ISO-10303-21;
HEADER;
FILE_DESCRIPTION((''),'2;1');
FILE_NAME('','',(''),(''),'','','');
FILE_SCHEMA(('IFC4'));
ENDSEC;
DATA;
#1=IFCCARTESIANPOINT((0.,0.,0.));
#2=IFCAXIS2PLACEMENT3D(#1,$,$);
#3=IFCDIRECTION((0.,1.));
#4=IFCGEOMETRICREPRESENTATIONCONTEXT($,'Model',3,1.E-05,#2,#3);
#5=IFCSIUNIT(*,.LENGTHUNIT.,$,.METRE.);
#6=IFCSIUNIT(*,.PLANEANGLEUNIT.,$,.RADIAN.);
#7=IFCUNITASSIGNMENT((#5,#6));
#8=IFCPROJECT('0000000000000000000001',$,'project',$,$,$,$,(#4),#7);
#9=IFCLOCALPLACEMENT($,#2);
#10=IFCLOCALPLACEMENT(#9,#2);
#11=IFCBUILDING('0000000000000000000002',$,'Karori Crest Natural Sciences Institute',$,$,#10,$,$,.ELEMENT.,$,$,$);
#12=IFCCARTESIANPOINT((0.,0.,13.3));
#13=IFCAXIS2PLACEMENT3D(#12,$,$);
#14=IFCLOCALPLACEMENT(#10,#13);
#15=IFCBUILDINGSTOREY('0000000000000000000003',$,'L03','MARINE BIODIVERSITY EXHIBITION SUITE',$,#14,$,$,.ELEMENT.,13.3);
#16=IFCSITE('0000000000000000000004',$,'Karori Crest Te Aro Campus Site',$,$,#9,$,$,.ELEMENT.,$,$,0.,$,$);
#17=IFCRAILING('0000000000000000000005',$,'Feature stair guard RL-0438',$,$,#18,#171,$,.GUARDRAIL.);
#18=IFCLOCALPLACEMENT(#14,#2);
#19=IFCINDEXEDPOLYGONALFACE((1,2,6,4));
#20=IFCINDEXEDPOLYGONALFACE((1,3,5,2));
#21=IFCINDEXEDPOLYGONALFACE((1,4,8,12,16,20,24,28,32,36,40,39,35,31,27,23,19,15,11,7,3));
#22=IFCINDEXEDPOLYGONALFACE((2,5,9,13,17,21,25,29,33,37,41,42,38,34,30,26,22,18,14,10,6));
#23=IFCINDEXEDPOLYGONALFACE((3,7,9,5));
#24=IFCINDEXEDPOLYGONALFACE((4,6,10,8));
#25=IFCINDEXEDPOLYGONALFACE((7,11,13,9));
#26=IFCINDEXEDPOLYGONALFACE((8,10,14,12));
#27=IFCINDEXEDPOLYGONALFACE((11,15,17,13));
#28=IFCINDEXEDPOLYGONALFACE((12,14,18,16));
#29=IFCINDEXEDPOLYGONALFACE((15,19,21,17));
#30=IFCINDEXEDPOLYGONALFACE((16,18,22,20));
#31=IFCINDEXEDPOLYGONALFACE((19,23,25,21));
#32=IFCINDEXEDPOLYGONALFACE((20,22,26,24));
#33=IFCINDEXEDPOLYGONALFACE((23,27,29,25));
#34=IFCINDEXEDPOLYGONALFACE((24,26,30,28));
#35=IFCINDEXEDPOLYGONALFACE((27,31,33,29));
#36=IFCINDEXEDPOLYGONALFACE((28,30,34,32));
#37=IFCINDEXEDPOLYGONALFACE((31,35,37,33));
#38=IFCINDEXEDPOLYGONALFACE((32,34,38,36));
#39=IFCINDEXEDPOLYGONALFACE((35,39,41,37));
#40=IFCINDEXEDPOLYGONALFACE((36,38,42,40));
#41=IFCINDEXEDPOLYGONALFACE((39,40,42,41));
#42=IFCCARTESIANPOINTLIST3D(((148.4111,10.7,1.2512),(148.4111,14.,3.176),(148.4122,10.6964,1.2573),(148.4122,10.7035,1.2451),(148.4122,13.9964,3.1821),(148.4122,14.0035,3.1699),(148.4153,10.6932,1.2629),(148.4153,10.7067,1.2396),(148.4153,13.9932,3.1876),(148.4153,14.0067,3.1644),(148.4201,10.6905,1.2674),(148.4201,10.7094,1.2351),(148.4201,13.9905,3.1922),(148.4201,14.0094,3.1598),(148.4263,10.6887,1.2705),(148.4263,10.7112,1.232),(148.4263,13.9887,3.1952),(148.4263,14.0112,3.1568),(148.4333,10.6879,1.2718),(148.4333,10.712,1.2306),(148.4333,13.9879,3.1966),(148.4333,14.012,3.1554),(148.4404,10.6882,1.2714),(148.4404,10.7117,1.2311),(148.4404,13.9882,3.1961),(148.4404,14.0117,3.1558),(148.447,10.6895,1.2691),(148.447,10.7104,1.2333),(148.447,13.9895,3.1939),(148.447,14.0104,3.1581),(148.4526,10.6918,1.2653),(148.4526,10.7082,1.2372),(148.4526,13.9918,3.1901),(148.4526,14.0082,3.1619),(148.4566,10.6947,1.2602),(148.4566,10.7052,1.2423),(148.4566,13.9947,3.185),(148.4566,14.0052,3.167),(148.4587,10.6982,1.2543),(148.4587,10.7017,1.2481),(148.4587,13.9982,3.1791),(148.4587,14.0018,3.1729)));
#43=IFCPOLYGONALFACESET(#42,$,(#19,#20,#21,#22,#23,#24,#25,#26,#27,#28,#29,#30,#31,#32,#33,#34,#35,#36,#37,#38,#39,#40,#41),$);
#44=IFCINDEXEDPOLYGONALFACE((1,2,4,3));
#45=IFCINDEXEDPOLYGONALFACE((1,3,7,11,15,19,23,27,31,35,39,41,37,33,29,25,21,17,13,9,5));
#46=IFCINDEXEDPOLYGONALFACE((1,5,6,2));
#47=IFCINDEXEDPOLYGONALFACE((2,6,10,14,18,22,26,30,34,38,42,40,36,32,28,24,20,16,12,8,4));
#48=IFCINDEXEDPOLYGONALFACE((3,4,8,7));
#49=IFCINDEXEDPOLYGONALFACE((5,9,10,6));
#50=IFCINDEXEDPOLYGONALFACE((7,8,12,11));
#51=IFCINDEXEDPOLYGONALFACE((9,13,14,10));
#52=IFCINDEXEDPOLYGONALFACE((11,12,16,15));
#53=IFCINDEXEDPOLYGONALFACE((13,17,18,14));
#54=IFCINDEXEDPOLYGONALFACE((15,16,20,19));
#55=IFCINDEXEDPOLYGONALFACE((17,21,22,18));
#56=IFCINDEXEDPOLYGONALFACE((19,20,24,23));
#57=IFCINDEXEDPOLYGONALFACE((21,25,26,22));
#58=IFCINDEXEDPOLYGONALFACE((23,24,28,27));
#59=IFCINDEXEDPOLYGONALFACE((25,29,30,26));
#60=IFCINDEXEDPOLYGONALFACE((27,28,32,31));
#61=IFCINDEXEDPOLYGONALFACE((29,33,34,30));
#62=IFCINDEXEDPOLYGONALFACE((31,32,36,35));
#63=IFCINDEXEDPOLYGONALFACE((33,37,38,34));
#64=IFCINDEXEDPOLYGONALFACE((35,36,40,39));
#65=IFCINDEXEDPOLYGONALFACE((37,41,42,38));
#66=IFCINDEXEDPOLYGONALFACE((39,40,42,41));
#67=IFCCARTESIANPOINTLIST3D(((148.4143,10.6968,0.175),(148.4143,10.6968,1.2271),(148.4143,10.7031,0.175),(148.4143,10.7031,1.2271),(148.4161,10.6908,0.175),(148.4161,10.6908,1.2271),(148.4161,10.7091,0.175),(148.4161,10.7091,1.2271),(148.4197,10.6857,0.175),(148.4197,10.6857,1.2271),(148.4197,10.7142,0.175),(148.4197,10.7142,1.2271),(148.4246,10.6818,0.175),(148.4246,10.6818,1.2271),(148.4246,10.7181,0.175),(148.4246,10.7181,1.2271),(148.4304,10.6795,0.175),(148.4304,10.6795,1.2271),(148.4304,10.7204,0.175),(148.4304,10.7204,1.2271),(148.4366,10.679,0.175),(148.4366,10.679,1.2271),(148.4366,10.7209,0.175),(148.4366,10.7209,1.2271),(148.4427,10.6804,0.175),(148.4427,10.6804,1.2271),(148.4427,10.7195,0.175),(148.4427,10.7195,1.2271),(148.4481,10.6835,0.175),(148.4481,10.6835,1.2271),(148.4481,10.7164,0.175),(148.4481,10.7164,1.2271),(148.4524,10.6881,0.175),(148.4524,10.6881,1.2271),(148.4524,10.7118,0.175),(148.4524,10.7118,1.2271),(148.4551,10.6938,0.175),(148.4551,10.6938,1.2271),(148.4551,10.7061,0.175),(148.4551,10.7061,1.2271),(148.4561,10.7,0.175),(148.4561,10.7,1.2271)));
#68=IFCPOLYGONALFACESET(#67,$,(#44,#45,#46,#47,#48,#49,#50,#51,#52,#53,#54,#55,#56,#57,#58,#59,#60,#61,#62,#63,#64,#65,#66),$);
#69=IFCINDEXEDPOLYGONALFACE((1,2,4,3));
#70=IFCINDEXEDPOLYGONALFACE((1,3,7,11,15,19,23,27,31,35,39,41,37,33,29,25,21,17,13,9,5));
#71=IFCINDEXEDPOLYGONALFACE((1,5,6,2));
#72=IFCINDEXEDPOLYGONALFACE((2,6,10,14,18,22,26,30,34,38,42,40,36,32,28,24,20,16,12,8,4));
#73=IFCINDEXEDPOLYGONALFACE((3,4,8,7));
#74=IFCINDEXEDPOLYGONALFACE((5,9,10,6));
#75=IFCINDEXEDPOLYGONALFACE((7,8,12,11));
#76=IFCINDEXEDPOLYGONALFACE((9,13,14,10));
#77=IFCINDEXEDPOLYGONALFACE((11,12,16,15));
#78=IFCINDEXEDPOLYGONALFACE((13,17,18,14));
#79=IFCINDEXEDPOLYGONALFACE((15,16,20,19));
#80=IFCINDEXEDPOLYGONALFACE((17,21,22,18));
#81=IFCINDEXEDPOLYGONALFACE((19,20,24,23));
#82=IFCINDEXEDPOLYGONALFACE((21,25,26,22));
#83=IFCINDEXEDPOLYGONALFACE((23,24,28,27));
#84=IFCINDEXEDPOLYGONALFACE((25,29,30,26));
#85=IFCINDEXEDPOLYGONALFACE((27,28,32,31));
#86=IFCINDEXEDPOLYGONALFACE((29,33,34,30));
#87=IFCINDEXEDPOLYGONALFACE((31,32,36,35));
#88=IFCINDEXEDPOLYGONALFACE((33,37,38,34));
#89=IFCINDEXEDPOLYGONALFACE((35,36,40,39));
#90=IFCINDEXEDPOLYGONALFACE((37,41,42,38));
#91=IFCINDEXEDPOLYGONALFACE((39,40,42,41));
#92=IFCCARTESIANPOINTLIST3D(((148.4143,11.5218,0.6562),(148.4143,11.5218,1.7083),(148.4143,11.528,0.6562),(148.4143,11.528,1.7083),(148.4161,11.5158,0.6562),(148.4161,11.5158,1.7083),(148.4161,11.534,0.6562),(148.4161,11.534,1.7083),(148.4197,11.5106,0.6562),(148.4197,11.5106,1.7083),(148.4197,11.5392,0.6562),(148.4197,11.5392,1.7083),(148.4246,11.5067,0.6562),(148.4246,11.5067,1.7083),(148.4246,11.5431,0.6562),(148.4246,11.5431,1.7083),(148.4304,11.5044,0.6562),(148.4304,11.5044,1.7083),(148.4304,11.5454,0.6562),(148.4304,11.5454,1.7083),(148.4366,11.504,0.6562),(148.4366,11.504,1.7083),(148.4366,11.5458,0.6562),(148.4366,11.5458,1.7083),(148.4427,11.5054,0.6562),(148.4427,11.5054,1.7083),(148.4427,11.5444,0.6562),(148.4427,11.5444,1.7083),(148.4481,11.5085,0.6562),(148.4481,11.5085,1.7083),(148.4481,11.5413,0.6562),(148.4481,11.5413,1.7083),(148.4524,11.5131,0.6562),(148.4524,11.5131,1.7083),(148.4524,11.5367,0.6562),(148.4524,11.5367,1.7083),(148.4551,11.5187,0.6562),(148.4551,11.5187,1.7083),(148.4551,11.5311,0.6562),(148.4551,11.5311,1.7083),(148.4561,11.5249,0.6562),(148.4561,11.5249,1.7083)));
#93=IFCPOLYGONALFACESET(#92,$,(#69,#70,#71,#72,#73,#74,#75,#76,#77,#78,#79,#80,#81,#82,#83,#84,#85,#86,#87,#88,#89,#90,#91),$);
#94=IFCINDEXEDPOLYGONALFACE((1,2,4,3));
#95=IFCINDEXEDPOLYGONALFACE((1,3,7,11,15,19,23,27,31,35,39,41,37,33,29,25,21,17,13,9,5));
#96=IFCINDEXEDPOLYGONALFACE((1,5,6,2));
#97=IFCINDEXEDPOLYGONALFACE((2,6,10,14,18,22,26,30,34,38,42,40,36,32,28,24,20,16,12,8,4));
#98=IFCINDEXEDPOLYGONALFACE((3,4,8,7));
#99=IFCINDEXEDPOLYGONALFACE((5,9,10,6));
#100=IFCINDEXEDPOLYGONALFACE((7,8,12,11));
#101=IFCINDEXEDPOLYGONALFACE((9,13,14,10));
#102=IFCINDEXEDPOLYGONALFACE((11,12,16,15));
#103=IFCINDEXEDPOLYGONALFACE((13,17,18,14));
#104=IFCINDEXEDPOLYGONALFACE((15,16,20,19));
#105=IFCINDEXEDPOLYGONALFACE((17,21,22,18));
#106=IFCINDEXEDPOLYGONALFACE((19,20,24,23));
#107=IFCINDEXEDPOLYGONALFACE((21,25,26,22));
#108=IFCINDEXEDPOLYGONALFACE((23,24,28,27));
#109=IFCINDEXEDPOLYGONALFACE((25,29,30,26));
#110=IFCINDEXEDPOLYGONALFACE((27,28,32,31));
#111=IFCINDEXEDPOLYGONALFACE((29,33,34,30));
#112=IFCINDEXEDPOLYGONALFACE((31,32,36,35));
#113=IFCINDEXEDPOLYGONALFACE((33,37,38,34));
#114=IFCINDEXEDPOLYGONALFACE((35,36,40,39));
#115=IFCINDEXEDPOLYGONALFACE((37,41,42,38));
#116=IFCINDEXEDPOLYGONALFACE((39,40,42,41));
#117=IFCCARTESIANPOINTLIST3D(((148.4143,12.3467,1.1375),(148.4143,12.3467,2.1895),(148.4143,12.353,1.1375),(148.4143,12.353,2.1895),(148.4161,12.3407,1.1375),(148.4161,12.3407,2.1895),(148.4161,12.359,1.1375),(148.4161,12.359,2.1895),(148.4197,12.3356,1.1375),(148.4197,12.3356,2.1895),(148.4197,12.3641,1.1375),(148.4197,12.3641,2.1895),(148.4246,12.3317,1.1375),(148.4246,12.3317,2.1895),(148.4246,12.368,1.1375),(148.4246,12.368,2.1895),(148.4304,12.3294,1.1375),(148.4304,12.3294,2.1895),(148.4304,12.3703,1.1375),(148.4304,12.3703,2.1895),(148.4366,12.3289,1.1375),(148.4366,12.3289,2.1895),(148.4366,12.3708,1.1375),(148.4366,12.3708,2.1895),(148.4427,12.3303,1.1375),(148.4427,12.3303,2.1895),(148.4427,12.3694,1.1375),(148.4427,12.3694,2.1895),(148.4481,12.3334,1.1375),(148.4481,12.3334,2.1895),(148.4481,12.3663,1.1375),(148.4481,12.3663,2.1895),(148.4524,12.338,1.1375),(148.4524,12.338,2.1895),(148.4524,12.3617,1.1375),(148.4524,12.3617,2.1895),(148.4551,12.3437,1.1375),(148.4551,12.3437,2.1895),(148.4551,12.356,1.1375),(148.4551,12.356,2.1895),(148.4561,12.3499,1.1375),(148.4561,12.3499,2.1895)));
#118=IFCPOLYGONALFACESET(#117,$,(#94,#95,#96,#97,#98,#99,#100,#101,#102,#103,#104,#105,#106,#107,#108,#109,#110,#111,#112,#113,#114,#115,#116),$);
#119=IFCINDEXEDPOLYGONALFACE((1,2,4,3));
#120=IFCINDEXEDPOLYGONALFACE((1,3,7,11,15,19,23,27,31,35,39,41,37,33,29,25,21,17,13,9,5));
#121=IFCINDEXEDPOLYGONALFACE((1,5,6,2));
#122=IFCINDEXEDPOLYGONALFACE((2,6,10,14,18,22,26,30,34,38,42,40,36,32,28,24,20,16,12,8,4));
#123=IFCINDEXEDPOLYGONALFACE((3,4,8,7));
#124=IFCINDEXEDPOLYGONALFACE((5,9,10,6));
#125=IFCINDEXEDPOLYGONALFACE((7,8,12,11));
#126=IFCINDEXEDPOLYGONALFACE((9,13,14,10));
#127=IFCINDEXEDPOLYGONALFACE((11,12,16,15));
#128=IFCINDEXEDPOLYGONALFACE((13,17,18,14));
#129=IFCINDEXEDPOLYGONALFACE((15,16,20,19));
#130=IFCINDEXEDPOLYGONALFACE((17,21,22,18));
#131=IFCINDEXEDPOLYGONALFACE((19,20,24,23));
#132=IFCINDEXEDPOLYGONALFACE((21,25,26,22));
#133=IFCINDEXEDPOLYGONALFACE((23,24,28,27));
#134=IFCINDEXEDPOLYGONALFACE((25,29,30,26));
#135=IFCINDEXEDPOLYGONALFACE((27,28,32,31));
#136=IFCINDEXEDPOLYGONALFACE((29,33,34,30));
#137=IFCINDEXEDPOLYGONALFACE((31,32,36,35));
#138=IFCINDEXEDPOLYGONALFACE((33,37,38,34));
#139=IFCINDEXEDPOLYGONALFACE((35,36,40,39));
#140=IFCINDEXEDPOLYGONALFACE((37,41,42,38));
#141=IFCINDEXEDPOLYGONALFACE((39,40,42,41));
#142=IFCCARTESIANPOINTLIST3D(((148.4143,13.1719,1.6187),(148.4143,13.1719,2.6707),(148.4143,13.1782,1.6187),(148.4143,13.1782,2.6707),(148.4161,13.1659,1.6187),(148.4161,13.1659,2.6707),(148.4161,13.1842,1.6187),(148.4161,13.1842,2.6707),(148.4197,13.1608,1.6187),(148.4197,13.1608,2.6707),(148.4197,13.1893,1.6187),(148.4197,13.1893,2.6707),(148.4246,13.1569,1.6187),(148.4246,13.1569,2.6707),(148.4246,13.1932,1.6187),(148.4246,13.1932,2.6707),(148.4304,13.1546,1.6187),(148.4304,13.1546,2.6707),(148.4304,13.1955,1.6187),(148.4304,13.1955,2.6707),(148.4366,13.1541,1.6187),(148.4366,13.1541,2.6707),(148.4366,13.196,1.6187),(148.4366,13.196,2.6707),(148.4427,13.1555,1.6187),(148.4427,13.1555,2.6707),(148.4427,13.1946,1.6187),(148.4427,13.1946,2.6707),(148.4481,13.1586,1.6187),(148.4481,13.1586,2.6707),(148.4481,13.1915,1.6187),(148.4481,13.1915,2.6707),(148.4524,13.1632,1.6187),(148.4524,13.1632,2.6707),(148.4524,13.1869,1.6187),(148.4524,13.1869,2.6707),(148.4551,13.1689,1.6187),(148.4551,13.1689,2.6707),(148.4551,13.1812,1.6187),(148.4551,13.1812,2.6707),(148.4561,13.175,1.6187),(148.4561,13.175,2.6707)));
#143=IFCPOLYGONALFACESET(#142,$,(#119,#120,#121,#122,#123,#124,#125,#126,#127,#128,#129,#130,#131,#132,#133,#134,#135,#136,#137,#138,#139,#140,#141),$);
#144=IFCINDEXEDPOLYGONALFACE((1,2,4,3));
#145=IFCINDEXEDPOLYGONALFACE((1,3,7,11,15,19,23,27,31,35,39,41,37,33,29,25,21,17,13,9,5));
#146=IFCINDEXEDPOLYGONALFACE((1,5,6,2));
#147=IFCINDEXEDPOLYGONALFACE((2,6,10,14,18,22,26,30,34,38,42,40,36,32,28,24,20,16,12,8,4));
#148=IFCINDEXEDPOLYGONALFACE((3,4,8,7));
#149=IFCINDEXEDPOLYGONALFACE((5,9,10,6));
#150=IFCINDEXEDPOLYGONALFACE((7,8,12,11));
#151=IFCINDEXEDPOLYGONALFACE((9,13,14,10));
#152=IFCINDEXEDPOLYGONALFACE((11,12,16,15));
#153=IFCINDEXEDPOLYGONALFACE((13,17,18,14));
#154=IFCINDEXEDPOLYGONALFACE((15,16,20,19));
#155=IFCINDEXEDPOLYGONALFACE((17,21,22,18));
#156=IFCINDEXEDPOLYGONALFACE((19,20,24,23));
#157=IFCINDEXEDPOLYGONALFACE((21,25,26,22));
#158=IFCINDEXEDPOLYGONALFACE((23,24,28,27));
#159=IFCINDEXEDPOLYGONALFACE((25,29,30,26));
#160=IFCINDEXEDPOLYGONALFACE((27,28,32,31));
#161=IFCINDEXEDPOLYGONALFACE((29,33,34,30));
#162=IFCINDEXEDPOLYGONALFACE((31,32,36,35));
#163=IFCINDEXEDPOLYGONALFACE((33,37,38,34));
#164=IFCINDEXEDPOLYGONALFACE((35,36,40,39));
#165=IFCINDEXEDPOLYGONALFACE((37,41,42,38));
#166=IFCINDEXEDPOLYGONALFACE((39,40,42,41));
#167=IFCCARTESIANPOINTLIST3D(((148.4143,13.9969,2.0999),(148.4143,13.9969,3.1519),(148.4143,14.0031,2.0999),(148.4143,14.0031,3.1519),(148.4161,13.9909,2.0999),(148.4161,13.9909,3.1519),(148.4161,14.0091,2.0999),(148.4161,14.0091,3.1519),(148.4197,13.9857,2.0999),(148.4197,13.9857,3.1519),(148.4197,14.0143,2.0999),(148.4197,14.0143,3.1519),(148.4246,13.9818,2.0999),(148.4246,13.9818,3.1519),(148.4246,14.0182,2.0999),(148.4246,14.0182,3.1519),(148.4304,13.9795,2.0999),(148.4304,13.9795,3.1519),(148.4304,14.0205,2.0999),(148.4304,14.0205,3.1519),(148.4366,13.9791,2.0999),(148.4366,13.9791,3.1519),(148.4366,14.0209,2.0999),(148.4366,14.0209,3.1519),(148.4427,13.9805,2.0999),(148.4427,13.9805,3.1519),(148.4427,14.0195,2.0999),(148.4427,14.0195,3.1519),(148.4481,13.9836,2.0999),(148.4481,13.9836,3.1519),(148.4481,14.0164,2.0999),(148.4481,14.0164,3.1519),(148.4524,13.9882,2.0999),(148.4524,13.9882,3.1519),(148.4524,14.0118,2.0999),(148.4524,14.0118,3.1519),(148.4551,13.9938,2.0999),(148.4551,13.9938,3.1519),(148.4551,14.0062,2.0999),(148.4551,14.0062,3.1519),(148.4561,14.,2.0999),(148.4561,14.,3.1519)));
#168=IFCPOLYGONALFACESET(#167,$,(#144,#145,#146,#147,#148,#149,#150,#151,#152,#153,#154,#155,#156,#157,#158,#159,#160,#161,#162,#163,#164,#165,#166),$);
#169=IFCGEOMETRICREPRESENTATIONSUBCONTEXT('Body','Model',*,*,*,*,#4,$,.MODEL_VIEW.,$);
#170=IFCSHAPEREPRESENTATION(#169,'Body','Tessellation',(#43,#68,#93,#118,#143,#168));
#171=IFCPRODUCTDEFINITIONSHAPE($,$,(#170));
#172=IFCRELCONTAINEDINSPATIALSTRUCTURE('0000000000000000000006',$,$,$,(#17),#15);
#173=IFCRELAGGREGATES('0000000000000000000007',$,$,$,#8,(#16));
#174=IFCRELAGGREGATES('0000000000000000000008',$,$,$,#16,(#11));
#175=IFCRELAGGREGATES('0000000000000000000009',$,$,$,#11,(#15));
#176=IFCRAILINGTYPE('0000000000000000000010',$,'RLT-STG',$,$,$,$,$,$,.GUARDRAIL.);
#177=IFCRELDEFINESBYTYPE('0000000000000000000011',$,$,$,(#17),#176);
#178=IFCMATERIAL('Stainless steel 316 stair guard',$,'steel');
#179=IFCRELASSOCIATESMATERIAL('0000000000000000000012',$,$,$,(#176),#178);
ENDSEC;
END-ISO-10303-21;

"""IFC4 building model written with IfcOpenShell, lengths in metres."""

from ifc_helpers import new_model, si_unit, direction, frame, origin, origin_2d, place, context, subcontext, project, spatial, circle, extrude, material, type_object, element, save


model = new_model("IFC4")

# Units and contexts
model_context = context("Model", 3, precision=1e-05, world=origin(), true_north=direction((0.0, 1.0)))
body_context = subcontext(model_context, "Body", "Model", "MODEL_VIEW")
ifc_project = project(units=[si_unit("LENGTHUNIT", "METRE"), si_unit("PLANEANGLEUNIT", "RADIAN")], contexts=[model_context])

# Site, building, storey
site_placement = place(None, origin())
site = spatial("IfcSite", under=ifc_project, at=site_placement, Name="Karori Crest Te Aro Campus Site", CompositionType="ELEMENT", RefElevation=0.0)
building_placement = place(site_placement, origin())
building = spatial("IfcBuilding", under=site, at=building_placement, Name="Karori Crest Natural Sciences Institute", CompositionType="ELEMENT")
storey_placement = place(building_placement, frame((0.0, 0.0, 13.3)))
storey = spatial("IfcBuildingStorey", under=building, at=storey_placement, Name="L03", Description="MARINE BIODIVERSITY EXHIBITION SUITE", CompositionType="ELEMENT", Elevation=13.3)

# Railing
ifc_material_1 = material(Name="Stainless steel 316 stair guard", Category="steel")
railing_type = type_object("IfcRailingType", Name="RLT-STG", PredefinedType="GUARDRAIL", material=ifc_material_1)
railing_1_placement = place(storey_placement, frame((148.4351, 10.7, 0.175)))
element("IfcRailing", 1, at=railing_1_placement, inside=storey, type_object=railing_type, Name="Feature stair guard RL-0438", PredefinedType="GUARDRAIL", context=body_context, shape_type="SweptSolid", body=[
    extrude(circle(Radius=0.0239, at=origin_2d()), frame((0.0, 0.0, 1.0762), z_axis=(0.0, 0.863804, 0.503827), x_axis=(-1.0, 0.0, 0.0)), (0.0, 0.0, 1.0), 3.8203),
    extrude(circle(Radius=0.021, at=origin_2d()), origin(), (0.0, 0.0, 1.0), 1.052),
    extrude(circle(Radius=0.021, at=origin_2d()), frame((0.0, 0.825, 0.4812)), (0.0, 0.0, 1.0), 1.052),
    extrude(circle(Radius=0.021, at=origin_2d()), frame((0.0, 1.6499, 0.9624)), (0.0, 0.0, 1.0), 1.052),
    extrude(circle(Radius=0.021, at=origin_2d()), frame((0.0, 2.4751, 1.4436)), (0.0, 0.0, 1.0), 1.052),
    extrude(circle(Radius=0.021, at=origin_2d()), frame((0.0, 3.3, 1.9248)), (0.0, 0.0, 1.0), 1.052),
])

save(model, "model.ifc")
